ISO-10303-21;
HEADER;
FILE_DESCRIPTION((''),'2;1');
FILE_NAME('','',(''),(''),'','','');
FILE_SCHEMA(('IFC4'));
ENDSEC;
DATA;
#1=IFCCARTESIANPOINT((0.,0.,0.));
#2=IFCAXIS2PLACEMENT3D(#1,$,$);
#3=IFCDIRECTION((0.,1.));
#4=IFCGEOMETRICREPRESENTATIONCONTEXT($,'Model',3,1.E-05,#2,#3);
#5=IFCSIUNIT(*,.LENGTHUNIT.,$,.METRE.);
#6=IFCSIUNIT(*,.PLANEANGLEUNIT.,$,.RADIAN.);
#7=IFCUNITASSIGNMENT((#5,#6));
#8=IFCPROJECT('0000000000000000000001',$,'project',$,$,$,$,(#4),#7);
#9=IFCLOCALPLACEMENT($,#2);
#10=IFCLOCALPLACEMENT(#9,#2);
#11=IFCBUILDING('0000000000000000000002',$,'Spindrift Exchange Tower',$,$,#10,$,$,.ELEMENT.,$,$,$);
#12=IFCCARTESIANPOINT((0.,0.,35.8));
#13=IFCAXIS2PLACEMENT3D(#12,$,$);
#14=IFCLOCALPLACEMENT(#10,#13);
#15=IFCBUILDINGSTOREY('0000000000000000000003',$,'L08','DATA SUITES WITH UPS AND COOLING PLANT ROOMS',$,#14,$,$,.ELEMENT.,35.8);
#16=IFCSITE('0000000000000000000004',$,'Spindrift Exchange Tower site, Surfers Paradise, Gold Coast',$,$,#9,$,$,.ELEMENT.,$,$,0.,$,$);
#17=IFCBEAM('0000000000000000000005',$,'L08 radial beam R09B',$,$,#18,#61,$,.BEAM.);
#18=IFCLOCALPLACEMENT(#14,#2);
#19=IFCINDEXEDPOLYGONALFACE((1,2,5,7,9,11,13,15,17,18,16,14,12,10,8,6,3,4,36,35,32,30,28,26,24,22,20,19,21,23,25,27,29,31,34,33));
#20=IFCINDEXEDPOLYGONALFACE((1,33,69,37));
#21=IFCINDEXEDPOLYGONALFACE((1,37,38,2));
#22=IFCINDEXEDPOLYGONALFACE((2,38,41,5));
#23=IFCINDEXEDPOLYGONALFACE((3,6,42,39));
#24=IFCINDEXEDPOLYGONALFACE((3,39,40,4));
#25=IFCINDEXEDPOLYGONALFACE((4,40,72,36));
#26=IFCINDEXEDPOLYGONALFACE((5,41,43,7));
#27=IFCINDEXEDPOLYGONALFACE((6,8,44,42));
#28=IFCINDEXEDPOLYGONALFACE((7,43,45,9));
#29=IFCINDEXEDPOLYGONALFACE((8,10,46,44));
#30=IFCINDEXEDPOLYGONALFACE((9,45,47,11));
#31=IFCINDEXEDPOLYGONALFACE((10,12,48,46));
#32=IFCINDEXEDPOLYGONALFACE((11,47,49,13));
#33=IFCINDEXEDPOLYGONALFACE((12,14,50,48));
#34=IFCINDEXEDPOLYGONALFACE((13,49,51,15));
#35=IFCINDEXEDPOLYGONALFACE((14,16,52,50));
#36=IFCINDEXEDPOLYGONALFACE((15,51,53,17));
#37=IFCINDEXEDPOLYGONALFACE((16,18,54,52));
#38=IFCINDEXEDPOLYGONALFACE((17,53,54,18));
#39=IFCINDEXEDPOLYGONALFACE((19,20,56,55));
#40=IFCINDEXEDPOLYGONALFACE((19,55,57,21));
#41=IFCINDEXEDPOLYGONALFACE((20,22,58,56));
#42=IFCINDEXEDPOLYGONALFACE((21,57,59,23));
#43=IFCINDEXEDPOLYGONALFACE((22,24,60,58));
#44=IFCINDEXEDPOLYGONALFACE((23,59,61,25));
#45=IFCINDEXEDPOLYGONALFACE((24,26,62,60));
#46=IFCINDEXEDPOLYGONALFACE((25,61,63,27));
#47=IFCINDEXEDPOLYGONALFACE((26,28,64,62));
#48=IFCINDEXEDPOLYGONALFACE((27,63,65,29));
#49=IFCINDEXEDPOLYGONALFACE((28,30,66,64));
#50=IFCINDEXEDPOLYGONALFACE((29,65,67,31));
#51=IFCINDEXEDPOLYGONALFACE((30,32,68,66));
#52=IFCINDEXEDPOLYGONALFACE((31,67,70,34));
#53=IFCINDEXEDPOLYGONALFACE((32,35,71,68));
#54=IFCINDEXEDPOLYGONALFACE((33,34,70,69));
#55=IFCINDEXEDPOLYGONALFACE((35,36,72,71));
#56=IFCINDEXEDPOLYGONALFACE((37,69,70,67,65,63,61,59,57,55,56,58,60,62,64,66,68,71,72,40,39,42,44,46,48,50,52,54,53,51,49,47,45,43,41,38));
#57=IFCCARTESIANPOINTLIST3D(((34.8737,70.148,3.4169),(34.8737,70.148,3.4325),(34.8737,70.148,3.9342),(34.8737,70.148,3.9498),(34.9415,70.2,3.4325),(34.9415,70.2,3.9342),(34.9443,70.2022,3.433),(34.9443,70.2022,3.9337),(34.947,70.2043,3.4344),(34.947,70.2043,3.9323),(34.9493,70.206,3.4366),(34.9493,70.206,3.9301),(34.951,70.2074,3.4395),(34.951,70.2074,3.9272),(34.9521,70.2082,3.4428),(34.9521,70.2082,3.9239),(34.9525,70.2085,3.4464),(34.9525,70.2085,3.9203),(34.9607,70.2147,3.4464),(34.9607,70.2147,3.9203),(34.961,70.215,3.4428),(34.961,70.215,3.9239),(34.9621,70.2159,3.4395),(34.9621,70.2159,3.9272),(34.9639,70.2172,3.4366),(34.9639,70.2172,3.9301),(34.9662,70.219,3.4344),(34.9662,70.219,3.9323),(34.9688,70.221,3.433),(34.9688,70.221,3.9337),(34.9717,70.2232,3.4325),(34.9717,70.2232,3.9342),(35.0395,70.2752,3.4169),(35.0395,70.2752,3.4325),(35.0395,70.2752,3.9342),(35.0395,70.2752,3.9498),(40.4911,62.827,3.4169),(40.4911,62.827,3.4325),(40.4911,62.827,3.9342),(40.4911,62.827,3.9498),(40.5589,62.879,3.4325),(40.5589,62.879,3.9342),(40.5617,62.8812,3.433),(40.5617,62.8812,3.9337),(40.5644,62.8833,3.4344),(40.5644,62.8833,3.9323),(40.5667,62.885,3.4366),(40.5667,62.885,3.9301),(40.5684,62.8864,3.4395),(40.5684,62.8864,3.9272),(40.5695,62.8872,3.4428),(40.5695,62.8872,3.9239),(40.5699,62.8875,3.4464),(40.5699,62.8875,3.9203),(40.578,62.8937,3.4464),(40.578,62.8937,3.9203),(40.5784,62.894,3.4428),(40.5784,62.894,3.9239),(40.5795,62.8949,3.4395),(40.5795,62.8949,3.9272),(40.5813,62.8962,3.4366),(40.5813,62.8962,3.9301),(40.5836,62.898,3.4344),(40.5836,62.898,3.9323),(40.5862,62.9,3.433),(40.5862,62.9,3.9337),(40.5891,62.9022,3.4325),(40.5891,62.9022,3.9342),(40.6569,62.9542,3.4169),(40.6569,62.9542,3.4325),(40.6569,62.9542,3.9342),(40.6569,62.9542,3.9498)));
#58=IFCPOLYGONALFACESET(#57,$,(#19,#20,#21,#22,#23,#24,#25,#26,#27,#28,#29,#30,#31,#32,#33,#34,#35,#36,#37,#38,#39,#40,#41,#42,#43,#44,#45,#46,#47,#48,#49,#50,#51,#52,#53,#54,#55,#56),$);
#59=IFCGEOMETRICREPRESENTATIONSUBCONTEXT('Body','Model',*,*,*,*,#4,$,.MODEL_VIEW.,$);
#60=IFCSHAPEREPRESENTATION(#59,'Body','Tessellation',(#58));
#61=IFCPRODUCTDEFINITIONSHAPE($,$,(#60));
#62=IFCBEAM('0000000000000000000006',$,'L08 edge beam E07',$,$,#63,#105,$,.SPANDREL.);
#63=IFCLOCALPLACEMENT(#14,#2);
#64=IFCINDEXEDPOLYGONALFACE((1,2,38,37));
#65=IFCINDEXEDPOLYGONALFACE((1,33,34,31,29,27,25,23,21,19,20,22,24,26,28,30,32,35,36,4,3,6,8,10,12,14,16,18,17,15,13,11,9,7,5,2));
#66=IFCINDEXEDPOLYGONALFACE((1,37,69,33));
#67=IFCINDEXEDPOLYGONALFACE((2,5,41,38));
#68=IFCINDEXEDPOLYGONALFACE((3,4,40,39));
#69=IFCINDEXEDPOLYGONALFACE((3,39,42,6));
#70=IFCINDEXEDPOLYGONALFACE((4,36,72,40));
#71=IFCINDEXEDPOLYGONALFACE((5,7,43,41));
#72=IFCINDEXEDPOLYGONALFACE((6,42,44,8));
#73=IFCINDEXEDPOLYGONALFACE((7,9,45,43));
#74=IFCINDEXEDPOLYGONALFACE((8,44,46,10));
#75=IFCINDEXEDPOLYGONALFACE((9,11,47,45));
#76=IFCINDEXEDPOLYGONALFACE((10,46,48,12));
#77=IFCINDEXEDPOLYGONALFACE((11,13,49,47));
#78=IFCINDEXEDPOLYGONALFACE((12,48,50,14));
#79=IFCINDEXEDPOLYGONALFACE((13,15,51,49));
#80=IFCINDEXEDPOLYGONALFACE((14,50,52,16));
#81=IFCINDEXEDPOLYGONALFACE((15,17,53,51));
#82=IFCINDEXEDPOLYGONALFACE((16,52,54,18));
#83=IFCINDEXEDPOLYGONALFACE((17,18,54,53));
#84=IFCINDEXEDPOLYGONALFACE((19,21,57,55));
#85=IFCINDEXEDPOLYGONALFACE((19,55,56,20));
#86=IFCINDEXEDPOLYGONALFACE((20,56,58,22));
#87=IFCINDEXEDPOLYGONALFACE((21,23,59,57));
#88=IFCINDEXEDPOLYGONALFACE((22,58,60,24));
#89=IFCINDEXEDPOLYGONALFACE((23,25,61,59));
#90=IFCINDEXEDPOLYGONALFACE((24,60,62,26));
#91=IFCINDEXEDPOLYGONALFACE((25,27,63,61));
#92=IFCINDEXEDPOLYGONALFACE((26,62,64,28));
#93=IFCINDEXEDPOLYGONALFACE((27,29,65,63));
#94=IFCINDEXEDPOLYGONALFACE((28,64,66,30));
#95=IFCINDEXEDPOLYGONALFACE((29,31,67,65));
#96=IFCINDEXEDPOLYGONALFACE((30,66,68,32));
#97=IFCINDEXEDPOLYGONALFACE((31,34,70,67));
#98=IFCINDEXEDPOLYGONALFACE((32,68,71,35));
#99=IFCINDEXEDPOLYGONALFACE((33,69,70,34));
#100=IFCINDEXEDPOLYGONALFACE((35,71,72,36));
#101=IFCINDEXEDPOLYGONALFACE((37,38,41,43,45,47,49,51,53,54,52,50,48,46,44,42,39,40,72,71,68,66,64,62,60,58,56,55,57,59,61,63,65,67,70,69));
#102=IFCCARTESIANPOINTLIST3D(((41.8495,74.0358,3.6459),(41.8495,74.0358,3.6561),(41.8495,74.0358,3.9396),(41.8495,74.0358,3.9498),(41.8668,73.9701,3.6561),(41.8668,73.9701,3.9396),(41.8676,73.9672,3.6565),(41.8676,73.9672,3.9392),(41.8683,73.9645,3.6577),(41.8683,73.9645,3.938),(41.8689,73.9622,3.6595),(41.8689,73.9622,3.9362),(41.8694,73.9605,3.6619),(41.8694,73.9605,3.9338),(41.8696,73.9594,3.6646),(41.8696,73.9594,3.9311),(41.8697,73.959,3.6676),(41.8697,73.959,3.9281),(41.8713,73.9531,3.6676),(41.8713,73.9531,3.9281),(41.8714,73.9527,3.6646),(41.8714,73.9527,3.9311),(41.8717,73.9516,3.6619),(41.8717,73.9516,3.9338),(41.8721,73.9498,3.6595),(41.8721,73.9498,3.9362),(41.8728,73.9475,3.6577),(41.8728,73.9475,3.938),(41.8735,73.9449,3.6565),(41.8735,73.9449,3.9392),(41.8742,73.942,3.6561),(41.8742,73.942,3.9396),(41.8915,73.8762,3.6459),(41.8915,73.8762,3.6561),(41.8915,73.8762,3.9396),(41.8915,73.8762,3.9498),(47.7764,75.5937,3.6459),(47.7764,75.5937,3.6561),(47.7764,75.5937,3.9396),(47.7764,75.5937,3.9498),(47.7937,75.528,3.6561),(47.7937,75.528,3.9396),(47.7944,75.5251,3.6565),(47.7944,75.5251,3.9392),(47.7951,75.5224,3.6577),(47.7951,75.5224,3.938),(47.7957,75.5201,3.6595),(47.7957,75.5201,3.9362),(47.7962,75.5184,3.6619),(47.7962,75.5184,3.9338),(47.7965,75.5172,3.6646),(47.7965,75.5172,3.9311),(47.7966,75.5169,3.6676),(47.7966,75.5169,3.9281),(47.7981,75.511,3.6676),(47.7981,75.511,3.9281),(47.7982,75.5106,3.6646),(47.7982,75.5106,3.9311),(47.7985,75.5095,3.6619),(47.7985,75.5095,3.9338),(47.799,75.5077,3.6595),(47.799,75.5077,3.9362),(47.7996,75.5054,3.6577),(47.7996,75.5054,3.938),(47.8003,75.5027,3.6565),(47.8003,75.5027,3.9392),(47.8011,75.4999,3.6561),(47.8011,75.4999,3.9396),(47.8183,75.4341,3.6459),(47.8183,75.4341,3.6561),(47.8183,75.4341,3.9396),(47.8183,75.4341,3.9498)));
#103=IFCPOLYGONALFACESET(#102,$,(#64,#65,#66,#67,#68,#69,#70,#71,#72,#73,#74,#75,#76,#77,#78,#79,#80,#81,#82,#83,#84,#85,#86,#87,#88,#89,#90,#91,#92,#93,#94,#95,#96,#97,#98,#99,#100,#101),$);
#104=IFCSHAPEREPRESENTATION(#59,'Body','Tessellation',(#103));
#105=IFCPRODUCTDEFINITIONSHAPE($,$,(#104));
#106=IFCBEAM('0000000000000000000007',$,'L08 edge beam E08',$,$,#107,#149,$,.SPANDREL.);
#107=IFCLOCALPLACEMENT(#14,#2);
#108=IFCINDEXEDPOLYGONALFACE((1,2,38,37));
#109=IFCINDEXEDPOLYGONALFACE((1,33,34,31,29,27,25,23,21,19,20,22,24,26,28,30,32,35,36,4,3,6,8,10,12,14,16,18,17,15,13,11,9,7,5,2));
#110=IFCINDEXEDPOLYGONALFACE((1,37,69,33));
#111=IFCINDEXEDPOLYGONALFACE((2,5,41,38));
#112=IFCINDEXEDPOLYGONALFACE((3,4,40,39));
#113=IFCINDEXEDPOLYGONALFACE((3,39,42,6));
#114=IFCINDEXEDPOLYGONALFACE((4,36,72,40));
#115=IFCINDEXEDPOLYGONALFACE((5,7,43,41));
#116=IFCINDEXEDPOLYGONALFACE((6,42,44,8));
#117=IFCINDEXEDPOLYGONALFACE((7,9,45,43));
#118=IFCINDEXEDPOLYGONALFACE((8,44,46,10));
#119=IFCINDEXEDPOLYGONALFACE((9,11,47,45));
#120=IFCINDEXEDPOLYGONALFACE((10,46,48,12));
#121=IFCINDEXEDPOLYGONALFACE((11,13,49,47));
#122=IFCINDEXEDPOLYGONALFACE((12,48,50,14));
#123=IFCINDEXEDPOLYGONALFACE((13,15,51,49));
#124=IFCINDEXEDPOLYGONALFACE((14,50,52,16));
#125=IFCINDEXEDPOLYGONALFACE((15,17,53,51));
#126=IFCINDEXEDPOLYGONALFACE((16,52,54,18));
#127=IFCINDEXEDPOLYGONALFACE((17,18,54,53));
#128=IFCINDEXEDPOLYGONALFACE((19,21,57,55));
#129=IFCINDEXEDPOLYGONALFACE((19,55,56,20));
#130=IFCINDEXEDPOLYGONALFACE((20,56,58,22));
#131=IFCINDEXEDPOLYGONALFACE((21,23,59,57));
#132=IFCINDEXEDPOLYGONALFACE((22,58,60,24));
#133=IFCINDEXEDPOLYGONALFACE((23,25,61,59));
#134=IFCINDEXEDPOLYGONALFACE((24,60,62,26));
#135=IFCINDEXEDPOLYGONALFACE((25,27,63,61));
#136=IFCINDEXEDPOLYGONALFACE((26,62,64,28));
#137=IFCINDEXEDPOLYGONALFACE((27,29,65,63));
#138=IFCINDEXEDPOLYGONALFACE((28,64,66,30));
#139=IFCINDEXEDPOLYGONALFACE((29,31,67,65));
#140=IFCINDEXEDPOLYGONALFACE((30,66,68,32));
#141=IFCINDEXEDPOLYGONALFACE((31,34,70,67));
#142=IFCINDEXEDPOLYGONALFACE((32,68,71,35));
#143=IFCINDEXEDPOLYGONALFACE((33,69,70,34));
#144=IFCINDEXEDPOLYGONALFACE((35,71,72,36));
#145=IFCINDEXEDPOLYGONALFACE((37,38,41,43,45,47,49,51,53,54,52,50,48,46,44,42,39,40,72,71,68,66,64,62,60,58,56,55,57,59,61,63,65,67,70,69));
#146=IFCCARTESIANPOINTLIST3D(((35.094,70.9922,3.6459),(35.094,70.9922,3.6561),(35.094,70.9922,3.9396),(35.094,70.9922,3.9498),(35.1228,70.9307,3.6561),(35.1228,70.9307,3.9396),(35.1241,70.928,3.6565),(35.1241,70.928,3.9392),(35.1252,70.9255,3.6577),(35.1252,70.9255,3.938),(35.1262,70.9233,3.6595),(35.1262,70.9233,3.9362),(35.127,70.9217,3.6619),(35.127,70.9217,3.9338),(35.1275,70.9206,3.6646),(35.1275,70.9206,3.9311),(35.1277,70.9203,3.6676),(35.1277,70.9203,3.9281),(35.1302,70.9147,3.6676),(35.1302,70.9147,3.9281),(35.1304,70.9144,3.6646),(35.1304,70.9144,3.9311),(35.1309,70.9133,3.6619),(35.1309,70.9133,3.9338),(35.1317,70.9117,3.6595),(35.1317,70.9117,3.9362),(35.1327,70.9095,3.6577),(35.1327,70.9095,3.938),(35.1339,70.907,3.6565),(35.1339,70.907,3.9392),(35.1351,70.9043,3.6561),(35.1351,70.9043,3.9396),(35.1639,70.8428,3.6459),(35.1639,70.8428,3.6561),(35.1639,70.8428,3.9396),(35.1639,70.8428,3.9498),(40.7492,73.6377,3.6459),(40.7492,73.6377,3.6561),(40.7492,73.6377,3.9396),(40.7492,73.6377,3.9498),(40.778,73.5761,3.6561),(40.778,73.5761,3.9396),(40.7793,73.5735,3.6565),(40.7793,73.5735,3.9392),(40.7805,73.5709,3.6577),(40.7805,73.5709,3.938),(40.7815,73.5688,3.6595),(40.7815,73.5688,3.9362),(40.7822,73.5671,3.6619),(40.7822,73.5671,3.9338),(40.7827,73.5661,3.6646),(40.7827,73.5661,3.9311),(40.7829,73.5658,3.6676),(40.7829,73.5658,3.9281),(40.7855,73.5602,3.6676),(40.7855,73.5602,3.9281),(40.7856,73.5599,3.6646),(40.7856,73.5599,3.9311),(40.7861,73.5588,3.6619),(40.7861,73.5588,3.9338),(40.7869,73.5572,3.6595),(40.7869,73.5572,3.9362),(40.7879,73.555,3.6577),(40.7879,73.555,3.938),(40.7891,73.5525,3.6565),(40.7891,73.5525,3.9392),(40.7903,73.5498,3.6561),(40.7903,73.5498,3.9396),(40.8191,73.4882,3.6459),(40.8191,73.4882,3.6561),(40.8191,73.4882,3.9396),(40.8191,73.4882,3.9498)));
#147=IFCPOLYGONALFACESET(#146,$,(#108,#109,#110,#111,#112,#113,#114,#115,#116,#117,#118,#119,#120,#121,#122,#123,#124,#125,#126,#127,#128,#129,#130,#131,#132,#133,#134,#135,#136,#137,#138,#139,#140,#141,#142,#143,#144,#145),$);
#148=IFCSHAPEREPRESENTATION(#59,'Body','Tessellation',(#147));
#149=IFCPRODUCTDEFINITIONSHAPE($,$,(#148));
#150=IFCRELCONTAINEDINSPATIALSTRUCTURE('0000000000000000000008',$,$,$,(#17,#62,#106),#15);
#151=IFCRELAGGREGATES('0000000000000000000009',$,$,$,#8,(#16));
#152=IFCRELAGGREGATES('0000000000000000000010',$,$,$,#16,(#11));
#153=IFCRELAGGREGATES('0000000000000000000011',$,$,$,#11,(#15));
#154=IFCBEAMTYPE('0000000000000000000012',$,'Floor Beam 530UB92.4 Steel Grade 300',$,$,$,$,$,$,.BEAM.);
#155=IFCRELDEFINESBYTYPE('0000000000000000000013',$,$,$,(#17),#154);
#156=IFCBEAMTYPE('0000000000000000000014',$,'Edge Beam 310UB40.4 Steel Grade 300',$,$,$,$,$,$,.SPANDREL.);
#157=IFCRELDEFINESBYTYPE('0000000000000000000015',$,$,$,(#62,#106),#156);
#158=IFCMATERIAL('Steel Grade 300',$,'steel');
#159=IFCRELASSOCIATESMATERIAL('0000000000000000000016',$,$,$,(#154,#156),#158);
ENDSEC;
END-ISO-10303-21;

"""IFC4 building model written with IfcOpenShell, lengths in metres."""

from ifc_helpers import new_model, si_unit, direction, frame, origin, origin_2d, place, context, subcontext, project, spatial, i_section, extrude, source, transform, mapped, material, material_profile, profile_set, type_object, element, save


model = new_model("IFC4")

# Units and contexts
model_context = context("Model", 3, precision=1e-05, world=origin(), true_north=direction((0.0, 1.0)))
body_context = subcontext(model_context, "Body", "Model", "MODEL_VIEW")
ifc_project = project(units=[si_unit("LENGTHUNIT", "METRE"), si_unit("PLANEANGLEUNIT", "RADIAN")], contexts=[model_context])

# Site, building, storey
site_placement = place(None, origin())
site = spatial("IfcSite", under=ifc_project, at=site_placement, Name="Spindrift Exchange Tower site, Surfers Paradise, Gold Coast", CompositionType="ELEMENT", RefElevation=0.0)
building_placement = place(site_placement, origin())
building = spatial("IfcBuilding", under=site, at=building_placement, Name="Spindrift Exchange Tower", CompositionType="ELEMENT")
storey_placement = place(building_placement, frame((0.0, 0.0, 35.8)))
storey = spatial("IfcBuildingStorey", under=building, at=storey_placement, Name="L08", Description="DATA SUITES WITH UPS AND COOLING PLANT ROOMS", CompositionType="ELEMENT", Elevation=35.8)

# Beams
ifc_material_1 = material(Name="Steel Grade 300", Category="steel")
ifc_material_profile_1 = material_profile(ifc_material_1, i_section(OverallWidth=0.209, OverallDepth=0.533, WebThickness=0.0103, FlangeThickness=0.0156, FilletRadius=0.0139, at=origin_2d()), Name="530UB92.4")
ifc_profile_set_1 = profile_set([ifc_material_profile_1], Name="Steel Grade 300")
beam_type_1 = type_object("IfcBeamType", Name="Floor Beam 530UB92.4 Steel Grade 300", PredefinedType="BEAM", material=ifc_profile_set_1)
shared_shape_1 = source(origin(), body_context, "Body", "SweptSolid", [
    extrude(i_section(OverallWidth=0.209, OverallDepth=0.533, WebThickness=0.0103, FlangeThickness=0.0156, FilletRadius=0.0139, at=origin_2d()), origin(), (0.0, 0.0, 1.0), 9.2278),
])
beam_1_placement = place(storey_placement, frame((40.574, 62.8906, 3.6833), z_axis=(-0.608748, 0.793364, 0.0), x_axis=(-0.793364, -0.608748, 0.0)))
element("IfcBeam", 1, at=beam_1_placement, inside=storey, type_object=beam_type_1, Name="L08 radial beam R09B", PredefinedType="BEAM", context=body_context, shape_type="MappedRepresentation", body=[
    mapped(shared_shape_1, transform((0.0, 0.0, 0.0), scale=1.0)),
])
ifc_material_profile_2 = material_profile(ifc_material_1, i_section(OverallWidth=0.165, OverallDepth=0.304, WebThickness=0.0061, FlangeThickness=0.0103, FilletRadius=0.0115, at=origin_2d()), Name="310UB40.4")
ifc_profile_set_2 = profile_set([ifc_material_profile_2], Name="Steel Grade 300")
beam_type_2 = type_object("IfcBeamType", Name="Edge Beam 310UB40.4 Steel Grade 300", PredefinedType="SPANDREL", material=ifc_profile_set_2)
shared_shape_2 = source(origin(), body_context, "Body", "SweptSolid", [
    extrude(i_section(OverallWidth=0.165, OverallDepth=0.304, WebThickness=0.0061, FlangeThickness=0.0103, FilletRadius=0.0115, at=origin_2d()), origin(), (0.0, 0.0, 1.0), 6.1282),
])
beam_2_placement = place(storey_placement, frame((47.7974, 75.5139, 3.7979), z_axis=(-0.967147, -0.254217, 0.0), x_axis=(0.254217, -0.967147, 0.0)))
element("IfcBeam", 2, at=beam_2_placement, inside=storey, type_object=beam_type_2, Name="L08 edge beam E07", PredefinedType="SPANDREL", context=body_context, shape_type="MappedRepresentation", body=[
    mapped(shared_shape_2, transform((0.0, 0.0, 0.0), scale=1.0)),
])
shared_shape_3 = source(origin(), body_context, "Body", "SweptSolid", [
    extrude(i_section(OverallWidth=0.165, OverallDepth=0.304, WebThickness=0.0061, FlangeThickness=0.0103, FilletRadius=0.0115, at=origin_2d()), origin(), (0.0, 0.0, 1.0), 6.2434),
])
beam_3_placement = place(storey_placement, frame((40.7842, 73.563, 3.7979), z_axis=(-0.905791, -0.423724, 0.0), x_axis=(0.423724, -0.905791, 0.0)))
element("IfcBeam", 3, at=beam_3_placement, inside=storey, type_object=beam_type_2, Name="L08 edge beam E08", PredefinedType="SPANDREL", context=body_context, shape_type="MappedRepresentation", body=[
    mapped(shared_shape_3, transform((0.0, 0.0, 0.0), scale=1.0)),
])

save(model, "model.ifc")
